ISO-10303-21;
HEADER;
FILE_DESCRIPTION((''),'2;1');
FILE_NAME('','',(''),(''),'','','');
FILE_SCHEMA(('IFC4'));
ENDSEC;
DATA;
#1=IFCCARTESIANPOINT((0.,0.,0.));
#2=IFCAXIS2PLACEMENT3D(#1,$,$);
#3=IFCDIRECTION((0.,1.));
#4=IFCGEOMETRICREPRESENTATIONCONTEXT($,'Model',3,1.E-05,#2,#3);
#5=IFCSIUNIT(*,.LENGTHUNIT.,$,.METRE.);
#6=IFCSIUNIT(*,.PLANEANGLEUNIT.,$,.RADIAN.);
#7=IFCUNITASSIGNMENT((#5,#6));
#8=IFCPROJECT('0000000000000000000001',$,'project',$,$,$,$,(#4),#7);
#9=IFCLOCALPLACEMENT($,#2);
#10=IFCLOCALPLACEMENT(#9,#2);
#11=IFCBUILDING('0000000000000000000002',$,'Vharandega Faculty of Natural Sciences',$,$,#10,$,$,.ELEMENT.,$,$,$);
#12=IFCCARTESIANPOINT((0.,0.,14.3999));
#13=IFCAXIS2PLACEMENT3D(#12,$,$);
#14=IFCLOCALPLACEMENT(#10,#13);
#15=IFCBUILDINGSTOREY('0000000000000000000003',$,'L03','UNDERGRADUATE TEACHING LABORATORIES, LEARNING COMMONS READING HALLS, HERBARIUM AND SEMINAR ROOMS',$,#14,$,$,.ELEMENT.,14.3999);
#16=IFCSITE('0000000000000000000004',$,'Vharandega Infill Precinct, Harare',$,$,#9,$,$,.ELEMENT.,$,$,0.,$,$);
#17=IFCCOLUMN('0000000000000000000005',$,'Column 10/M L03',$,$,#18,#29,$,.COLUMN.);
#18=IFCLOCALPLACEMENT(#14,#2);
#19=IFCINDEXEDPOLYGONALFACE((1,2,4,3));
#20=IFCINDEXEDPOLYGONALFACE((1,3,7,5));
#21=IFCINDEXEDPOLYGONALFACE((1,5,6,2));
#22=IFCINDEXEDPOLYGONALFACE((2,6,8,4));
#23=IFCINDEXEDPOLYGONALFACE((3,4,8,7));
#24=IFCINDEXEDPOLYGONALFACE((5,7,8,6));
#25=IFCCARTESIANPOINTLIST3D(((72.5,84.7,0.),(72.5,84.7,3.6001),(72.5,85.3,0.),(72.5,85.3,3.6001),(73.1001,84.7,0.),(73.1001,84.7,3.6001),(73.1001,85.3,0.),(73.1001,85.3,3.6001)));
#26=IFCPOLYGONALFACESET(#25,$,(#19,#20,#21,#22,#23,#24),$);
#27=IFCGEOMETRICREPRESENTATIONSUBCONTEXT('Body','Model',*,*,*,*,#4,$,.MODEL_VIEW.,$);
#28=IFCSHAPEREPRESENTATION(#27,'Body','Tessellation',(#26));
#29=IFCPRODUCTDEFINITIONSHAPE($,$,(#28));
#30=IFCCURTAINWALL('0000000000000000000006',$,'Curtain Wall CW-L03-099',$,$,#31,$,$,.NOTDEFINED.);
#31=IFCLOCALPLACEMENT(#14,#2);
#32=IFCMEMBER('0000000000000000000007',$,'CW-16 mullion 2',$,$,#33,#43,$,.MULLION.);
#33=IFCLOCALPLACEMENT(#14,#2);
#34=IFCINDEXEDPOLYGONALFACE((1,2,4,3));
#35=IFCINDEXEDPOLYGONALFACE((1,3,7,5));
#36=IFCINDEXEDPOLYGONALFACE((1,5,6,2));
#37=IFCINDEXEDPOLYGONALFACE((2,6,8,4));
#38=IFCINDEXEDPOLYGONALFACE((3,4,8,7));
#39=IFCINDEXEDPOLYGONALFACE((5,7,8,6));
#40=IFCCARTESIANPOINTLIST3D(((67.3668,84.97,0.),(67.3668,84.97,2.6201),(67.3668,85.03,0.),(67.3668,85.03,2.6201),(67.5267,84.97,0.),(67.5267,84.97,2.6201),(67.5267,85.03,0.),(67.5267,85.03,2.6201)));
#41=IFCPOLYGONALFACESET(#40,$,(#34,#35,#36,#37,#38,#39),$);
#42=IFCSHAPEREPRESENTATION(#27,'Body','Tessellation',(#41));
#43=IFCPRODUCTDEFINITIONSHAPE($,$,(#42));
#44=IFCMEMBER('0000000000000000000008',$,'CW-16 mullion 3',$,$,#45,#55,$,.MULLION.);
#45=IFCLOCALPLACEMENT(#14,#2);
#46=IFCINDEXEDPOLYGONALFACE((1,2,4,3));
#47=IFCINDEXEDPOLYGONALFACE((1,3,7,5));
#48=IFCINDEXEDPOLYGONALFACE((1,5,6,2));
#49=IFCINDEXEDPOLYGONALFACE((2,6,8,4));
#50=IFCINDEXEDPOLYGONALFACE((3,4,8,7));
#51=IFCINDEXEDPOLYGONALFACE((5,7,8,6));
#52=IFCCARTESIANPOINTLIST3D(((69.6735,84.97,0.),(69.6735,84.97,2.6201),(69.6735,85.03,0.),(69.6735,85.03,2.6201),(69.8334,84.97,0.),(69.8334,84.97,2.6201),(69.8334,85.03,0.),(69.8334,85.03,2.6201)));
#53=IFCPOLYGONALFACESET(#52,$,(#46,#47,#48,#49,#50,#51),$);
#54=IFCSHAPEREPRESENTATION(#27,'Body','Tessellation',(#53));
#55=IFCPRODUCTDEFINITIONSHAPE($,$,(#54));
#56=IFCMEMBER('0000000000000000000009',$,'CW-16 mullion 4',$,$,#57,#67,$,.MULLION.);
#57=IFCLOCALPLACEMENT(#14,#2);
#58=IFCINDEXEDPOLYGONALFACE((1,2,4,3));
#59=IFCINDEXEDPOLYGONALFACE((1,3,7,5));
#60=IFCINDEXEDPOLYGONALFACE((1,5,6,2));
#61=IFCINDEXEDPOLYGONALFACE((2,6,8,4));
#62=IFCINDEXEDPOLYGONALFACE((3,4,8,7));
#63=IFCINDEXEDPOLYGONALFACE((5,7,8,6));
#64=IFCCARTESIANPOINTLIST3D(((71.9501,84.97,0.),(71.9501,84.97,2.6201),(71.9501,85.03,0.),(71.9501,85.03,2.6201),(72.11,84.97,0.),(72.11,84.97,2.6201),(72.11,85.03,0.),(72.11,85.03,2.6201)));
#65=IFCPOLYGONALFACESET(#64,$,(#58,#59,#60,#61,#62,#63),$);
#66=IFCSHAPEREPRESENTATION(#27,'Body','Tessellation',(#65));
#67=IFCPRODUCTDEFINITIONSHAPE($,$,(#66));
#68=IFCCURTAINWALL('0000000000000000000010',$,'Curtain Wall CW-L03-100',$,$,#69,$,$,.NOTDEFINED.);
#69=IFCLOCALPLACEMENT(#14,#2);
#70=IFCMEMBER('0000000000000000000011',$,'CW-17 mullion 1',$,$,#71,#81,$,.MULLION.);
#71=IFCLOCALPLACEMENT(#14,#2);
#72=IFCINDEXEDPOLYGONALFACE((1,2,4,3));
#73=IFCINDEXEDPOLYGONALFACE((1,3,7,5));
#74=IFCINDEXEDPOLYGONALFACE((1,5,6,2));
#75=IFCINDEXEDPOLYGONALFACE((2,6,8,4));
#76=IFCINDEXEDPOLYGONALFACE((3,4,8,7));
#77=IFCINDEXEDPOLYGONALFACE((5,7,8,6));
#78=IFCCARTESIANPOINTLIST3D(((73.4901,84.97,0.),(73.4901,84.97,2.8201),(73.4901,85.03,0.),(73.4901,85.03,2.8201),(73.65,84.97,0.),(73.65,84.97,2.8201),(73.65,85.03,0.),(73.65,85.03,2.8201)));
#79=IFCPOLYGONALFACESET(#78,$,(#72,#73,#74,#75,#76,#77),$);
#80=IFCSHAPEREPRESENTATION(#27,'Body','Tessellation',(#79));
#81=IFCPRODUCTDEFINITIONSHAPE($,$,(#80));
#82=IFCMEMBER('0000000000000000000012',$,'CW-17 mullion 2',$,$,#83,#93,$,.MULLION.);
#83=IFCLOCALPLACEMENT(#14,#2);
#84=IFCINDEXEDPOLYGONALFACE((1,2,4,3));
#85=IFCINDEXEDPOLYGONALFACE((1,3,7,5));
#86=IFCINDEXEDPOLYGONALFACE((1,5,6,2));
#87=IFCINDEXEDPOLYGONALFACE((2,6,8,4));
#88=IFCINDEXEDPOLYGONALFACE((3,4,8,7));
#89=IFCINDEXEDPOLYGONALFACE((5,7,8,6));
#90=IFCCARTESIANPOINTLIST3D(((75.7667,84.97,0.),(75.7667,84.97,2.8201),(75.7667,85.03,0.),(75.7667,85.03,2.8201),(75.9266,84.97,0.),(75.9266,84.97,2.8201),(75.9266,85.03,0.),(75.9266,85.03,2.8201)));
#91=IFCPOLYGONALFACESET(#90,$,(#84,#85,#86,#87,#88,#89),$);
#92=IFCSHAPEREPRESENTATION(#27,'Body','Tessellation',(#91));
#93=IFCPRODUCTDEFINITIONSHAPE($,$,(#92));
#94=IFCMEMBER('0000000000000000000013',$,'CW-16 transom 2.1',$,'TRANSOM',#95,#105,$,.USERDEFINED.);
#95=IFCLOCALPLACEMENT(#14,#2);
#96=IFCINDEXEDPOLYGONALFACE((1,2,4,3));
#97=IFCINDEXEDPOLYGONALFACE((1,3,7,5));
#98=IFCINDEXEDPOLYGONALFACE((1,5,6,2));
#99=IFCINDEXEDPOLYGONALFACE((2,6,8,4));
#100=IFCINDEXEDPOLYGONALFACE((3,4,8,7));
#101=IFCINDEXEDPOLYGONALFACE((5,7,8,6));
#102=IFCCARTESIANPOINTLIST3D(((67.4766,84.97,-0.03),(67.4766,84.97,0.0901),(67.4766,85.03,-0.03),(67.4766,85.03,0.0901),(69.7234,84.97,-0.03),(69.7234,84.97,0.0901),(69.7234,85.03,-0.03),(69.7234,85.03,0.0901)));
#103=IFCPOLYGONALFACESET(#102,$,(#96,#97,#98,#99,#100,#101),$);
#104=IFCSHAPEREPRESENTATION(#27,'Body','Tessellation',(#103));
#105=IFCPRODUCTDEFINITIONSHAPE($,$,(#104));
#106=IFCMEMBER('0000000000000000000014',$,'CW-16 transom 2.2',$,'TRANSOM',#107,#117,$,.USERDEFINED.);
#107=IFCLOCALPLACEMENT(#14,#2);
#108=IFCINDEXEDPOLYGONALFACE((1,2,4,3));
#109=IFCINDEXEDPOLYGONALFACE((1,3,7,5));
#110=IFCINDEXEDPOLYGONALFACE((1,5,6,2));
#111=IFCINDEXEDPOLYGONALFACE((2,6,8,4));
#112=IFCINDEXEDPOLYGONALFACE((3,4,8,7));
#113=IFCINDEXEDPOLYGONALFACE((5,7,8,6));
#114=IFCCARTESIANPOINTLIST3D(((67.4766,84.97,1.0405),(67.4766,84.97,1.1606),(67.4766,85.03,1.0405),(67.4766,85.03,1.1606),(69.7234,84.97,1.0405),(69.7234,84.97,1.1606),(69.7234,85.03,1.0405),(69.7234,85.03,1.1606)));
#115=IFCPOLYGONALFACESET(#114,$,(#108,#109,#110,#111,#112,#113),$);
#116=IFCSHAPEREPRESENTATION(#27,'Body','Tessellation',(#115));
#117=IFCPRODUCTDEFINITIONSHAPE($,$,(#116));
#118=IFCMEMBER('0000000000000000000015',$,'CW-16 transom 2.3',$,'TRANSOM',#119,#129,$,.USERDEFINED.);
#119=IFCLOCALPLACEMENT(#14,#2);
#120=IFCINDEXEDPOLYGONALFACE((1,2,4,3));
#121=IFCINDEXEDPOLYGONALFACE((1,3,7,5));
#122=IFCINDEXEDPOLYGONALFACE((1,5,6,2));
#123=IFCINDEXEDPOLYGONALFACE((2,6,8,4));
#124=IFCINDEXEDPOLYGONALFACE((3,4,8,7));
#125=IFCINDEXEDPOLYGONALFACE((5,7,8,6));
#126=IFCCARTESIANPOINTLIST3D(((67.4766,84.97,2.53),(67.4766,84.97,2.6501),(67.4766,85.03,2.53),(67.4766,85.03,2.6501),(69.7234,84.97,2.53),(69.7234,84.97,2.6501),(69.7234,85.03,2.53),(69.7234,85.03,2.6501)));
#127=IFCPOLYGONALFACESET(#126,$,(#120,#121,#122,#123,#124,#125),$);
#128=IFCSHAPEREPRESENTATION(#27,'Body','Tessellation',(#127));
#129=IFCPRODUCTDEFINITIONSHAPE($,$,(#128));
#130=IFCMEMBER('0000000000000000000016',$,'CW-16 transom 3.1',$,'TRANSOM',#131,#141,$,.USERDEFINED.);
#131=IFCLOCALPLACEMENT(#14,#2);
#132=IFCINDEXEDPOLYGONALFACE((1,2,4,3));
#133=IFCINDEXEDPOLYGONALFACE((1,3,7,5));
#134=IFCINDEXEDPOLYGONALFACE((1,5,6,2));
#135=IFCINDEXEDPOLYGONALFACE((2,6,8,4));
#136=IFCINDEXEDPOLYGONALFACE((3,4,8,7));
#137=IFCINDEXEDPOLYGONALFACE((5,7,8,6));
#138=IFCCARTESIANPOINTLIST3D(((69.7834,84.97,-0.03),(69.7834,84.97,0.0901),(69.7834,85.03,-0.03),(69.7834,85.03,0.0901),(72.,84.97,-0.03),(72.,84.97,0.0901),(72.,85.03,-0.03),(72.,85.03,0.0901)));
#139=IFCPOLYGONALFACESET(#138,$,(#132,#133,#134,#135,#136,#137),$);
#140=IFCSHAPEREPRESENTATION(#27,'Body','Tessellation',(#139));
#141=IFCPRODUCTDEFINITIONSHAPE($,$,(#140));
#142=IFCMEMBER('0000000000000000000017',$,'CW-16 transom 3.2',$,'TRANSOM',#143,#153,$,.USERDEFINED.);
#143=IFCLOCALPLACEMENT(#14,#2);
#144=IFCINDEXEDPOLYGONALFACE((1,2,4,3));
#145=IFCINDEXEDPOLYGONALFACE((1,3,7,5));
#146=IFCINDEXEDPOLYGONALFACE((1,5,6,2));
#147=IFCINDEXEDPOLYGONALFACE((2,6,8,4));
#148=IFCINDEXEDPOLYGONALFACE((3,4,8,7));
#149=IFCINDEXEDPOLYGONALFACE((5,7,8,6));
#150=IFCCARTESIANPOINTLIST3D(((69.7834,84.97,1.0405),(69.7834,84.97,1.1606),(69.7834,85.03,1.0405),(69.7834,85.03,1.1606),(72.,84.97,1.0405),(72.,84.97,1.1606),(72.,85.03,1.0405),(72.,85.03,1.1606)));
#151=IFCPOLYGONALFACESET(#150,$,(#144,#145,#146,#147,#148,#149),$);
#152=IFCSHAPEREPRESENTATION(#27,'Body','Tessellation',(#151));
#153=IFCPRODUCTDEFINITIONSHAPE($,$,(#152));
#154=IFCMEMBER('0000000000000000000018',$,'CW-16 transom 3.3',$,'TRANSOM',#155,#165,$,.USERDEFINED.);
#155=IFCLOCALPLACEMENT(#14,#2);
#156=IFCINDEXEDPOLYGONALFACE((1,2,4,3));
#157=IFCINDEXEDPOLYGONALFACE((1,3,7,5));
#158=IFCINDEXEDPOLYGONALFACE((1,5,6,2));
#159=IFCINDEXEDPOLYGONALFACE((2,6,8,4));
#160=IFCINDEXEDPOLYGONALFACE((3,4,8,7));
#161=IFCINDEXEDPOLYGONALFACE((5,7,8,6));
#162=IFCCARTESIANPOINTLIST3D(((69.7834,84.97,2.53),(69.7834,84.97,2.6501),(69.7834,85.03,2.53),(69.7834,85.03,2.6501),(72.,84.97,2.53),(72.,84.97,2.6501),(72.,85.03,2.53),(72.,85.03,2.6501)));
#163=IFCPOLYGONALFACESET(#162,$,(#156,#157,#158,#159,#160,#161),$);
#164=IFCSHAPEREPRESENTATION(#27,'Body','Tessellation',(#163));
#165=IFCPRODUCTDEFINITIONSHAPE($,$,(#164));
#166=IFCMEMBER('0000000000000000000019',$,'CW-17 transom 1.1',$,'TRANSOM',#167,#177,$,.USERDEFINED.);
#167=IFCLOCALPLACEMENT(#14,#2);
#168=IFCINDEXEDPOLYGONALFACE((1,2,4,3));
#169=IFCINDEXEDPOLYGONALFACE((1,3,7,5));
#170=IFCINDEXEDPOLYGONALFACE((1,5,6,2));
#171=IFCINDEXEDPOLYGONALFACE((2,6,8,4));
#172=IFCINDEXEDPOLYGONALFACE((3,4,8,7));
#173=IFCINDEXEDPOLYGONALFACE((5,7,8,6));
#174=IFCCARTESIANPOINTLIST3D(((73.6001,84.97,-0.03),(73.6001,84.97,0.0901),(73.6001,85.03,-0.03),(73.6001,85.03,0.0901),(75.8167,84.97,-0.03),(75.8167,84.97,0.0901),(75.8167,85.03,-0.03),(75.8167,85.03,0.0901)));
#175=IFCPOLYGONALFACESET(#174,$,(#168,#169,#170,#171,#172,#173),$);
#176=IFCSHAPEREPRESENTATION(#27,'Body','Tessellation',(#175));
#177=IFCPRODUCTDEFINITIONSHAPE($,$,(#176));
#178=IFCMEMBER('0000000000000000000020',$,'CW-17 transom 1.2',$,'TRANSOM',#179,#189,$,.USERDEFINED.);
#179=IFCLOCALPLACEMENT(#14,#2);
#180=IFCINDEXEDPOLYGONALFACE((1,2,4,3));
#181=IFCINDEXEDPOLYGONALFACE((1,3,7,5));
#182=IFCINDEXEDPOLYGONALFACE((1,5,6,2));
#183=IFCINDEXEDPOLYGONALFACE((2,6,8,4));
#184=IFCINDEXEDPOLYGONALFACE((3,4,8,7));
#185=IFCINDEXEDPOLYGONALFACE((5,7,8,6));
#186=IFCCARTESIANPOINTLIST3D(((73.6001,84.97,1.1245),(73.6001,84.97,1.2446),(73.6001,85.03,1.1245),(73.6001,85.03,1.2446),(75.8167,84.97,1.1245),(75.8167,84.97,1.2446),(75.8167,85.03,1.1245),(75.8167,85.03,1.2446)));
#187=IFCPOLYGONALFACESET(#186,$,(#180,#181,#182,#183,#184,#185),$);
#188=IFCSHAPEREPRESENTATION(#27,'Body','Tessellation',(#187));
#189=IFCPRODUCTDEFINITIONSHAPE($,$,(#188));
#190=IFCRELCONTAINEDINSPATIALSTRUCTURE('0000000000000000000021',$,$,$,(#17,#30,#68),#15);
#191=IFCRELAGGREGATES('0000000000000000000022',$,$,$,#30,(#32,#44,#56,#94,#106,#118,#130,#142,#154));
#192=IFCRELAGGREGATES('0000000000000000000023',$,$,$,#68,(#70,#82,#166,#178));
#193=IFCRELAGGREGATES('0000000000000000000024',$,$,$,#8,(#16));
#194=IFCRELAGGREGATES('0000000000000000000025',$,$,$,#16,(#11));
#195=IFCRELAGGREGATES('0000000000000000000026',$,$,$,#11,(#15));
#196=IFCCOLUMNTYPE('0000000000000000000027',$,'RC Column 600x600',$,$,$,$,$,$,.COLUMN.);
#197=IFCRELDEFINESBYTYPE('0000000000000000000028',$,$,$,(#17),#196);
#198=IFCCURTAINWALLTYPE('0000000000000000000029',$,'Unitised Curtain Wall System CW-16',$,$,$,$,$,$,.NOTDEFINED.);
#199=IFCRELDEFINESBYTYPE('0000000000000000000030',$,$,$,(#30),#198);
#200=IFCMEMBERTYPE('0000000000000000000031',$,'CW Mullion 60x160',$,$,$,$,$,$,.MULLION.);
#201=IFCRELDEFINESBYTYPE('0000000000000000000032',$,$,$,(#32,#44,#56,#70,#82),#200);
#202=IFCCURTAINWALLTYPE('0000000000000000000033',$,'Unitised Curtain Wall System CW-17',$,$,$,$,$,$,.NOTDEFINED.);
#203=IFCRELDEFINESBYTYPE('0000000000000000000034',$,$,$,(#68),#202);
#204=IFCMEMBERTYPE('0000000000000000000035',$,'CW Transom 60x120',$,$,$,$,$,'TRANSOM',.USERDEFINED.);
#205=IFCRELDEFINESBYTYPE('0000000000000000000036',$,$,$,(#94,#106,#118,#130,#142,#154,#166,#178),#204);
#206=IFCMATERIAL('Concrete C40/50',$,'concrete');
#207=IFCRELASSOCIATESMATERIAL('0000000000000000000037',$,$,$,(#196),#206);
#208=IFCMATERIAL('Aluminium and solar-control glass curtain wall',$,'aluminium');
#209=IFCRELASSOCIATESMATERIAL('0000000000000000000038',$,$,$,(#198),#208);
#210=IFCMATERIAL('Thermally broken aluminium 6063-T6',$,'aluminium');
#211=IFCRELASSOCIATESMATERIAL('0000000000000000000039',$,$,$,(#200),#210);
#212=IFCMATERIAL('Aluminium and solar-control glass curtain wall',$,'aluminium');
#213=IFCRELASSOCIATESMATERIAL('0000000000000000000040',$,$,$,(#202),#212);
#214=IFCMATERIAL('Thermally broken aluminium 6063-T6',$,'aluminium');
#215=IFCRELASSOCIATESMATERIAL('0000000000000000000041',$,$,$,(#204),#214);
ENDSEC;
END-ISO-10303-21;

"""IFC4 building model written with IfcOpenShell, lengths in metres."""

from ifc_helpers import new_model, si_unit, direction, frame, origin, origin_2d, place, context, subcontext, project, spatial, rectangle, extrude, material, material_profile, profile_set, type_object, element, aggregate, save


model = new_model("IFC4")

# Units and contexts
model_context = context("Model", 3, precision=1e-05, world=origin(), true_north=direction((0.0, 1.0)))
body_context = subcontext(model_context, "Body", "Model", "MODEL_VIEW")
ifc_project = project(units=[si_unit("LENGTHUNIT", "METRE"), si_unit("PLANEANGLEUNIT", "RADIAN")], contexts=[model_context])

# Site, building, storey
site_placement = place(None, origin())
site = spatial("IfcSite", under=ifc_project, at=site_placement, Name="Vharandega Infill Precinct, Harare", CompositionType="ELEMENT", RefElevation=0.0)
building_placement = place(site_placement, origin())
building = spatial("IfcBuilding", under=site, at=building_placement, Name="Vharandega Faculty of Natural Sciences", CompositionType="ELEMENT")
storey_placement = place(building_placement, frame((0.0, 0.0, 14.3999)))
storey = spatial("IfcBuildingStorey", under=building, at=storey_placement, Name="L03", Description="UNDERGRADUATE TEACHING LABORATORIES, LEARNING COMMONS READING HALLS, HERBARIUM AND SEMINAR ROOMS", CompositionType="ELEMENT", Elevation=14.3999)

# Column
ifc_material_1 = material(Name="Concrete C40/50", Category="concrete")
ifc_material_profile_1 = material_profile(ifc_material_1, rectangle(XDim=0.6001, YDim=0.6001, at=origin_2d()), Name="RC 600x600")
ifc_profile_set_1 = profile_set([ifc_material_profile_1], Name="Concrete C40/50")
column_type = type_object("IfcColumnType", Name="RC Column 600x600", PredefinedType="COLUMN", material=ifc_profile_set_1)
column_placement = place(storey_placement, frame((72.8, 85.0, 0.0), z_axis=(0.0, 0.0, 1.0), x_axis=(1.0, 0.0, 0.0)))
element("IfcColumn", 1, at=column_placement, inside=storey, type_object=column_type, Name="Column 10/M L03", PredefinedType="COLUMN", context=body_context, shape_type="SweptSolid", body=[
    extrude(rectangle(XDim=0.6001, YDim=0.6001, at=origin_2d()), origin(), (0.0, 0.0, 1.0), 3.6001),
])

# Curtain walls, members
ifc_material_2 = material(Name="Aluminium and solar-control glass curtain wall", Category="aluminium")
curtain_wall_type_1 = type_object("IfcCurtainWallType", Name="Unitised Curtain Wall System CW-16", PredefinedType="NOTDEFINED", material=ifc_material_2)
curtain_wall_1_placement = place(storey_placement, origin())
curtain_wall_1 = element("IfcCurtainWall", 2, at=curtain_wall_1_placement, inside=storey, type_object=curtain_wall_type_1, Name="Curtain Wall CW-L03-099", PredefinedType="NOTDEFINED")
ifc_material_3 = material(Name="Thermally broken aluminium 6063-T6", Category="aluminium")
ifc_material_profile_2 = material_profile(ifc_material_3, rectangle(XDim=0.0601, YDim=0.1599, at=origin_2d()), Name="ALU 60x160")
ifc_profile_set_2 = profile_set([ifc_material_profile_2], Name="Thermally broken aluminium 6063-T6")
member_type_1 = type_object("IfcMemberType", Name="CW Mullion 60x160", PredefinedType="MULLION", material=ifc_profile_set_2)
member_1_placement = place(storey_placement, frame((67.4468, 85.0, 0.0), z_axis=(0.0, 0.0, 1.0), x_axis=(0.0, 1.0, 0.0)))
member_1 = element("IfcMember", 3, at=member_1_placement, type_object=member_type_1, Name="CW-16 mullion 2", PredefinedType="MULLION", context=body_context, shape_type="SweptSolid", body=[
    extrude(rectangle(XDim=0.0601, YDim=0.1599, at=origin_2d()), origin(), (0.0, 0.0, 1.0), 2.6201),
])
member_2_placement = place(storey_placement, frame((69.7534, 85.0, 0.0), z_axis=(0.0, 0.0, 1.0), x_axis=(0.0, 1.0, 0.0)))
member_2 = element("IfcMember", 4, at=member_2_placement, type_object=member_type_1, Name="CW-16 mullion 3", PredefinedType="MULLION", context=body_context, shape_type="SweptSolid", body=[
    extrude(rectangle(XDim=0.0601, YDim=0.1599, at=origin_2d()), origin(), (0.0, 0.0, 1.0), 2.6201),
])
member_3_placement = place(storey_placement, frame((72.03, 85.0, 0.0), z_axis=(0.0, 0.0, 1.0), x_axis=(0.0, 1.0, 0.0)))
member_3 = element("IfcMember", 5, at=member_3_placement, type_object=member_type_1, Name="CW-16 mullion 4", PredefinedType="MULLION", context=body_context, shape_type="SweptSolid", body=[
    extrude(rectangle(XDim=0.0601, YDim=0.1599, at=origin_2d()), origin(), (0.0, 0.0, 1.0), 2.6201),
])
ifc_material_4 = material(Name="Aluminium and solar-control glass curtain wall", Category="aluminium")
curtain_wall_type_2 = type_object("IfcCurtainWallType", Name="Unitised Curtain Wall System CW-17", PredefinedType="NOTDEFINED", material=ifc_material_4)
curtain_wall_2_placement = place(storey_placement, origin())
curtain_wall_2 = element("IfcCurtainWall", 6, at=curtain_wall_2_placement, inside=storey, type_object=curtain_wall_type_2, Name="Curtain Wall CW-L03-100", PredefinedType="NOTDEFINED")
member_4_placement = place(storey_placement, frame((73.5701, 85.0, 0.0), z_axis=(0.0, 0.0, 1.0), x_axis=(0.0, 1.0, 0.0)))
member_4 = element("IfcMember", 7, at=member_4_placement, type_object=member_type_1, Name="CW-17 mullion 1", PredefinedType="MULLION", context=body_context, shape_type="SweptSolid", body=[
    extrude(rectangle(XDim=0.0601, YDim=0.1599, at=origin_2d()), origin(), (0.0, 0.0, 1.0), 2.8201),
])
member_5_placement = place(storey_placement, frame((75.8467, 85.0, 0.0), z_axis=(0.0, 0.0, 1.0), x_axis=(0.0, 1.0, 0.0)))
member_5 = element("IfcMember", 8, at=member_5_placement, type_object=member_type_1, Name="CW-17 mullion 2", PredefinedType="MULLION", context=body_context, shape_type="SweptSolid", body=[
    extrude(rectangle(XDim=0.0601, YDim=0.1599, at=origin_2d()), origin(), (0.0, 0.0, 1.0), 2.8201),
])

# Members
ifc_material_5 = material(Name="Thermally broken aluminium 6063-T6", Category="aluminium")
ifc_material_profile_3 = material_profile(ifc_material_5, rectangle(XDim=0.0601, YDim=0.1201, at=origin_2d()), Name="ALU 60x120")
ifc_profile_set_3 = profile_set([ifc_material_profile_3], Name="Thermally broken aluminium 6063-T6")
member_type_2 = type_object("IfcMemberType", Name="CW Transom 60x120", ElementType="TRANSOM", PredefinedType="USERDEFINED", material=ifc_profile_set_3)
member_6_placement = place(storey_placement, frame((67.4766, 85.0, 0.03), z_axis=(1.0, 0.0, 0.0), x_axis=(0.0, 1.0, 0.0)))
member_6 = element("IfcMember", 9, at=member_6_placement, type_object=member_type_2, Name="CW-16 transom 2.1", ObjectType="TRANSOM", PredefinedType="USERDEFINED", context=body_context, shape_type="SweptSolid", body=[
    extrude(rectangle(XDim=0.0601, YDim=0.1201, at=origin_2d()), origin(), (0.0, 0.0, 1.0), 2.2468),
])
member_7_placement = place(storey_placement, frame((67.4766, 85.0, 1.1006), z_axis=(1.0, 0.0, 0.0), x_axis=(0.0, 1.0, 0.0)))
member_7 = element("IfcMember", 10, at=member_7_placement, type_object=member_type_2, Name="CW-16 transom 2.2", ObjectType="TRANSOM", PredefinedType="USERDEFINED", context=body_context, shape_type="SweptSolid", body=[
    extrude(rectangle(XDim=0.0601, YDim=0.1201, at=origin_2d()), origin(), (0.0, 0.0, 1.0), 2.2468),
])
member_8_placement = place(storey_placement, frame((67.4766, 85.0, 2.5901), z_axis=(1.0, 0.0, 0.0), x_axis=(0.0, 1.0, 0.0)))
member_8 = element("IfcMember", 11, at=member_8_placement, type_object=member_type_2, Name="CW-16 transom 2.3", ObjectType="TRANSOM", PredefinedType="USERDEFINED", context=body_context, shape_type="SweptSolid", body=[
    extrude(rectangle(XDim=0.0601, YDim=0.1201, at=origin_2d()), origin(), (0.0, 0.0, 1.0), 2.2468),
])
member_9_placement = place(storey_placement, frame((69.7834, 85.0, 0.03), z_axis=(1.0, 0.0, 0.0), x_axis=(0.0, 1.0, 0.0)))
member_9 = element("IfcMember", 12, at=member_9_placement, type_object=member_type_2, Name="CW-16 transom 3.1", ObjectType="TRANSOM", PredefinedType="USERDEFINED", context=body_context, shape_type="SweptSolid", body=[
    extrude(rectangle(XDim=0.0601, YDim=0.1201, at=origin_2d()), origin(), (0.0, 0.0, 1.0), 2.2166),
])
member_10_placement = place(storey_placement, frame((69.7834, 85.0, 1.1006), z_axis=(1.0, 0.0, 0.0), x_axis=(0.0, 1.0, 0.0)))
member_10 = element("IfcMember", 13, at=member_10_placement, type_object=member_type_2, Name="CW-16 transom 3.2", ObjectType="TRANSOM", PredefinedType="USERDEFINED", context=body_context, shape_type="SweptSolid", body=[
    extrude(rectangle(XDim=0.0601, YDim=0.1201, at=origin_2d()), origin(), (0.0, 0.0, 1.0), 2.2166),
])
member_11_placement = place(storey_placement, frame((69.7834, 85.0, 2.5901), z_axis=(1.0, 0.0, 0.0), x_axis=(0.0, 1.0, 0.0)))
member_11 = element("IfcMember", 14, at=member_11_placement, type_object=member_type_2, Name="CW-16 transom 3.3", ObjectType="TRANSOM", PredefinedType="USERDEFINED", context=body_context, shape_type="SweptSolid", body=[
    extrude(rectangle(XDim=0.0601, YDim=0.1201, at=origin_2d()), origin(), (0.0, 0.0, 1.0), 2.2166),
])
member_12_placement = place(storey_placement, frame((73.6001, 85.0, 0.03), z_axis=(1.0, 0.0, 0.0), x_axis=(0.0, 1.0, 0.0)))
member_12 = element("IfcMember", 15, at=member_12_placement, type_object=member_type_2, Name="CW-17 transom 1.1", ObjectType="TRANSOM", PredefinedType="USERDEFINED", context=body_context, shape_type="SweptSolid", body=[
    extrude(rectangle(XDim=0.0601, YDim=0.1201, at=origin_2d()), origin(), (0.0, 0.0, 1.0), 2.2166),
])
member_13_placement = place(storey_placement, frame((73.6001, 85.0, 1.1846), z_axis=(1.0, 0.0, 0.0), x_axis=(0.0, 1.0, 0.0)))
member_13 = element("IfcMember", 16, at=member_13_placement, type_object=member_type_2, Name="CW-17 transom 1.2", ObjectType="TRANSOM", PredefinedType="USERDEFINED", context=body_context, shape_type="SweptSolid", body=[
    extrude(rectangle(XDim=0.0601, YDim=0.1201, at=origin_2d()), origin(), (0.0, 0.0, 1.0), 2.2166),
])

aggregate(curtain_wall_1, [member_1, member_2, member_3, member_6, member_7, member_8, member_9, member_10, member_11])
aggregate(curtain_wall_2, [member_4, member_5, member_12, member_13])

save(model, "model.ifc")
